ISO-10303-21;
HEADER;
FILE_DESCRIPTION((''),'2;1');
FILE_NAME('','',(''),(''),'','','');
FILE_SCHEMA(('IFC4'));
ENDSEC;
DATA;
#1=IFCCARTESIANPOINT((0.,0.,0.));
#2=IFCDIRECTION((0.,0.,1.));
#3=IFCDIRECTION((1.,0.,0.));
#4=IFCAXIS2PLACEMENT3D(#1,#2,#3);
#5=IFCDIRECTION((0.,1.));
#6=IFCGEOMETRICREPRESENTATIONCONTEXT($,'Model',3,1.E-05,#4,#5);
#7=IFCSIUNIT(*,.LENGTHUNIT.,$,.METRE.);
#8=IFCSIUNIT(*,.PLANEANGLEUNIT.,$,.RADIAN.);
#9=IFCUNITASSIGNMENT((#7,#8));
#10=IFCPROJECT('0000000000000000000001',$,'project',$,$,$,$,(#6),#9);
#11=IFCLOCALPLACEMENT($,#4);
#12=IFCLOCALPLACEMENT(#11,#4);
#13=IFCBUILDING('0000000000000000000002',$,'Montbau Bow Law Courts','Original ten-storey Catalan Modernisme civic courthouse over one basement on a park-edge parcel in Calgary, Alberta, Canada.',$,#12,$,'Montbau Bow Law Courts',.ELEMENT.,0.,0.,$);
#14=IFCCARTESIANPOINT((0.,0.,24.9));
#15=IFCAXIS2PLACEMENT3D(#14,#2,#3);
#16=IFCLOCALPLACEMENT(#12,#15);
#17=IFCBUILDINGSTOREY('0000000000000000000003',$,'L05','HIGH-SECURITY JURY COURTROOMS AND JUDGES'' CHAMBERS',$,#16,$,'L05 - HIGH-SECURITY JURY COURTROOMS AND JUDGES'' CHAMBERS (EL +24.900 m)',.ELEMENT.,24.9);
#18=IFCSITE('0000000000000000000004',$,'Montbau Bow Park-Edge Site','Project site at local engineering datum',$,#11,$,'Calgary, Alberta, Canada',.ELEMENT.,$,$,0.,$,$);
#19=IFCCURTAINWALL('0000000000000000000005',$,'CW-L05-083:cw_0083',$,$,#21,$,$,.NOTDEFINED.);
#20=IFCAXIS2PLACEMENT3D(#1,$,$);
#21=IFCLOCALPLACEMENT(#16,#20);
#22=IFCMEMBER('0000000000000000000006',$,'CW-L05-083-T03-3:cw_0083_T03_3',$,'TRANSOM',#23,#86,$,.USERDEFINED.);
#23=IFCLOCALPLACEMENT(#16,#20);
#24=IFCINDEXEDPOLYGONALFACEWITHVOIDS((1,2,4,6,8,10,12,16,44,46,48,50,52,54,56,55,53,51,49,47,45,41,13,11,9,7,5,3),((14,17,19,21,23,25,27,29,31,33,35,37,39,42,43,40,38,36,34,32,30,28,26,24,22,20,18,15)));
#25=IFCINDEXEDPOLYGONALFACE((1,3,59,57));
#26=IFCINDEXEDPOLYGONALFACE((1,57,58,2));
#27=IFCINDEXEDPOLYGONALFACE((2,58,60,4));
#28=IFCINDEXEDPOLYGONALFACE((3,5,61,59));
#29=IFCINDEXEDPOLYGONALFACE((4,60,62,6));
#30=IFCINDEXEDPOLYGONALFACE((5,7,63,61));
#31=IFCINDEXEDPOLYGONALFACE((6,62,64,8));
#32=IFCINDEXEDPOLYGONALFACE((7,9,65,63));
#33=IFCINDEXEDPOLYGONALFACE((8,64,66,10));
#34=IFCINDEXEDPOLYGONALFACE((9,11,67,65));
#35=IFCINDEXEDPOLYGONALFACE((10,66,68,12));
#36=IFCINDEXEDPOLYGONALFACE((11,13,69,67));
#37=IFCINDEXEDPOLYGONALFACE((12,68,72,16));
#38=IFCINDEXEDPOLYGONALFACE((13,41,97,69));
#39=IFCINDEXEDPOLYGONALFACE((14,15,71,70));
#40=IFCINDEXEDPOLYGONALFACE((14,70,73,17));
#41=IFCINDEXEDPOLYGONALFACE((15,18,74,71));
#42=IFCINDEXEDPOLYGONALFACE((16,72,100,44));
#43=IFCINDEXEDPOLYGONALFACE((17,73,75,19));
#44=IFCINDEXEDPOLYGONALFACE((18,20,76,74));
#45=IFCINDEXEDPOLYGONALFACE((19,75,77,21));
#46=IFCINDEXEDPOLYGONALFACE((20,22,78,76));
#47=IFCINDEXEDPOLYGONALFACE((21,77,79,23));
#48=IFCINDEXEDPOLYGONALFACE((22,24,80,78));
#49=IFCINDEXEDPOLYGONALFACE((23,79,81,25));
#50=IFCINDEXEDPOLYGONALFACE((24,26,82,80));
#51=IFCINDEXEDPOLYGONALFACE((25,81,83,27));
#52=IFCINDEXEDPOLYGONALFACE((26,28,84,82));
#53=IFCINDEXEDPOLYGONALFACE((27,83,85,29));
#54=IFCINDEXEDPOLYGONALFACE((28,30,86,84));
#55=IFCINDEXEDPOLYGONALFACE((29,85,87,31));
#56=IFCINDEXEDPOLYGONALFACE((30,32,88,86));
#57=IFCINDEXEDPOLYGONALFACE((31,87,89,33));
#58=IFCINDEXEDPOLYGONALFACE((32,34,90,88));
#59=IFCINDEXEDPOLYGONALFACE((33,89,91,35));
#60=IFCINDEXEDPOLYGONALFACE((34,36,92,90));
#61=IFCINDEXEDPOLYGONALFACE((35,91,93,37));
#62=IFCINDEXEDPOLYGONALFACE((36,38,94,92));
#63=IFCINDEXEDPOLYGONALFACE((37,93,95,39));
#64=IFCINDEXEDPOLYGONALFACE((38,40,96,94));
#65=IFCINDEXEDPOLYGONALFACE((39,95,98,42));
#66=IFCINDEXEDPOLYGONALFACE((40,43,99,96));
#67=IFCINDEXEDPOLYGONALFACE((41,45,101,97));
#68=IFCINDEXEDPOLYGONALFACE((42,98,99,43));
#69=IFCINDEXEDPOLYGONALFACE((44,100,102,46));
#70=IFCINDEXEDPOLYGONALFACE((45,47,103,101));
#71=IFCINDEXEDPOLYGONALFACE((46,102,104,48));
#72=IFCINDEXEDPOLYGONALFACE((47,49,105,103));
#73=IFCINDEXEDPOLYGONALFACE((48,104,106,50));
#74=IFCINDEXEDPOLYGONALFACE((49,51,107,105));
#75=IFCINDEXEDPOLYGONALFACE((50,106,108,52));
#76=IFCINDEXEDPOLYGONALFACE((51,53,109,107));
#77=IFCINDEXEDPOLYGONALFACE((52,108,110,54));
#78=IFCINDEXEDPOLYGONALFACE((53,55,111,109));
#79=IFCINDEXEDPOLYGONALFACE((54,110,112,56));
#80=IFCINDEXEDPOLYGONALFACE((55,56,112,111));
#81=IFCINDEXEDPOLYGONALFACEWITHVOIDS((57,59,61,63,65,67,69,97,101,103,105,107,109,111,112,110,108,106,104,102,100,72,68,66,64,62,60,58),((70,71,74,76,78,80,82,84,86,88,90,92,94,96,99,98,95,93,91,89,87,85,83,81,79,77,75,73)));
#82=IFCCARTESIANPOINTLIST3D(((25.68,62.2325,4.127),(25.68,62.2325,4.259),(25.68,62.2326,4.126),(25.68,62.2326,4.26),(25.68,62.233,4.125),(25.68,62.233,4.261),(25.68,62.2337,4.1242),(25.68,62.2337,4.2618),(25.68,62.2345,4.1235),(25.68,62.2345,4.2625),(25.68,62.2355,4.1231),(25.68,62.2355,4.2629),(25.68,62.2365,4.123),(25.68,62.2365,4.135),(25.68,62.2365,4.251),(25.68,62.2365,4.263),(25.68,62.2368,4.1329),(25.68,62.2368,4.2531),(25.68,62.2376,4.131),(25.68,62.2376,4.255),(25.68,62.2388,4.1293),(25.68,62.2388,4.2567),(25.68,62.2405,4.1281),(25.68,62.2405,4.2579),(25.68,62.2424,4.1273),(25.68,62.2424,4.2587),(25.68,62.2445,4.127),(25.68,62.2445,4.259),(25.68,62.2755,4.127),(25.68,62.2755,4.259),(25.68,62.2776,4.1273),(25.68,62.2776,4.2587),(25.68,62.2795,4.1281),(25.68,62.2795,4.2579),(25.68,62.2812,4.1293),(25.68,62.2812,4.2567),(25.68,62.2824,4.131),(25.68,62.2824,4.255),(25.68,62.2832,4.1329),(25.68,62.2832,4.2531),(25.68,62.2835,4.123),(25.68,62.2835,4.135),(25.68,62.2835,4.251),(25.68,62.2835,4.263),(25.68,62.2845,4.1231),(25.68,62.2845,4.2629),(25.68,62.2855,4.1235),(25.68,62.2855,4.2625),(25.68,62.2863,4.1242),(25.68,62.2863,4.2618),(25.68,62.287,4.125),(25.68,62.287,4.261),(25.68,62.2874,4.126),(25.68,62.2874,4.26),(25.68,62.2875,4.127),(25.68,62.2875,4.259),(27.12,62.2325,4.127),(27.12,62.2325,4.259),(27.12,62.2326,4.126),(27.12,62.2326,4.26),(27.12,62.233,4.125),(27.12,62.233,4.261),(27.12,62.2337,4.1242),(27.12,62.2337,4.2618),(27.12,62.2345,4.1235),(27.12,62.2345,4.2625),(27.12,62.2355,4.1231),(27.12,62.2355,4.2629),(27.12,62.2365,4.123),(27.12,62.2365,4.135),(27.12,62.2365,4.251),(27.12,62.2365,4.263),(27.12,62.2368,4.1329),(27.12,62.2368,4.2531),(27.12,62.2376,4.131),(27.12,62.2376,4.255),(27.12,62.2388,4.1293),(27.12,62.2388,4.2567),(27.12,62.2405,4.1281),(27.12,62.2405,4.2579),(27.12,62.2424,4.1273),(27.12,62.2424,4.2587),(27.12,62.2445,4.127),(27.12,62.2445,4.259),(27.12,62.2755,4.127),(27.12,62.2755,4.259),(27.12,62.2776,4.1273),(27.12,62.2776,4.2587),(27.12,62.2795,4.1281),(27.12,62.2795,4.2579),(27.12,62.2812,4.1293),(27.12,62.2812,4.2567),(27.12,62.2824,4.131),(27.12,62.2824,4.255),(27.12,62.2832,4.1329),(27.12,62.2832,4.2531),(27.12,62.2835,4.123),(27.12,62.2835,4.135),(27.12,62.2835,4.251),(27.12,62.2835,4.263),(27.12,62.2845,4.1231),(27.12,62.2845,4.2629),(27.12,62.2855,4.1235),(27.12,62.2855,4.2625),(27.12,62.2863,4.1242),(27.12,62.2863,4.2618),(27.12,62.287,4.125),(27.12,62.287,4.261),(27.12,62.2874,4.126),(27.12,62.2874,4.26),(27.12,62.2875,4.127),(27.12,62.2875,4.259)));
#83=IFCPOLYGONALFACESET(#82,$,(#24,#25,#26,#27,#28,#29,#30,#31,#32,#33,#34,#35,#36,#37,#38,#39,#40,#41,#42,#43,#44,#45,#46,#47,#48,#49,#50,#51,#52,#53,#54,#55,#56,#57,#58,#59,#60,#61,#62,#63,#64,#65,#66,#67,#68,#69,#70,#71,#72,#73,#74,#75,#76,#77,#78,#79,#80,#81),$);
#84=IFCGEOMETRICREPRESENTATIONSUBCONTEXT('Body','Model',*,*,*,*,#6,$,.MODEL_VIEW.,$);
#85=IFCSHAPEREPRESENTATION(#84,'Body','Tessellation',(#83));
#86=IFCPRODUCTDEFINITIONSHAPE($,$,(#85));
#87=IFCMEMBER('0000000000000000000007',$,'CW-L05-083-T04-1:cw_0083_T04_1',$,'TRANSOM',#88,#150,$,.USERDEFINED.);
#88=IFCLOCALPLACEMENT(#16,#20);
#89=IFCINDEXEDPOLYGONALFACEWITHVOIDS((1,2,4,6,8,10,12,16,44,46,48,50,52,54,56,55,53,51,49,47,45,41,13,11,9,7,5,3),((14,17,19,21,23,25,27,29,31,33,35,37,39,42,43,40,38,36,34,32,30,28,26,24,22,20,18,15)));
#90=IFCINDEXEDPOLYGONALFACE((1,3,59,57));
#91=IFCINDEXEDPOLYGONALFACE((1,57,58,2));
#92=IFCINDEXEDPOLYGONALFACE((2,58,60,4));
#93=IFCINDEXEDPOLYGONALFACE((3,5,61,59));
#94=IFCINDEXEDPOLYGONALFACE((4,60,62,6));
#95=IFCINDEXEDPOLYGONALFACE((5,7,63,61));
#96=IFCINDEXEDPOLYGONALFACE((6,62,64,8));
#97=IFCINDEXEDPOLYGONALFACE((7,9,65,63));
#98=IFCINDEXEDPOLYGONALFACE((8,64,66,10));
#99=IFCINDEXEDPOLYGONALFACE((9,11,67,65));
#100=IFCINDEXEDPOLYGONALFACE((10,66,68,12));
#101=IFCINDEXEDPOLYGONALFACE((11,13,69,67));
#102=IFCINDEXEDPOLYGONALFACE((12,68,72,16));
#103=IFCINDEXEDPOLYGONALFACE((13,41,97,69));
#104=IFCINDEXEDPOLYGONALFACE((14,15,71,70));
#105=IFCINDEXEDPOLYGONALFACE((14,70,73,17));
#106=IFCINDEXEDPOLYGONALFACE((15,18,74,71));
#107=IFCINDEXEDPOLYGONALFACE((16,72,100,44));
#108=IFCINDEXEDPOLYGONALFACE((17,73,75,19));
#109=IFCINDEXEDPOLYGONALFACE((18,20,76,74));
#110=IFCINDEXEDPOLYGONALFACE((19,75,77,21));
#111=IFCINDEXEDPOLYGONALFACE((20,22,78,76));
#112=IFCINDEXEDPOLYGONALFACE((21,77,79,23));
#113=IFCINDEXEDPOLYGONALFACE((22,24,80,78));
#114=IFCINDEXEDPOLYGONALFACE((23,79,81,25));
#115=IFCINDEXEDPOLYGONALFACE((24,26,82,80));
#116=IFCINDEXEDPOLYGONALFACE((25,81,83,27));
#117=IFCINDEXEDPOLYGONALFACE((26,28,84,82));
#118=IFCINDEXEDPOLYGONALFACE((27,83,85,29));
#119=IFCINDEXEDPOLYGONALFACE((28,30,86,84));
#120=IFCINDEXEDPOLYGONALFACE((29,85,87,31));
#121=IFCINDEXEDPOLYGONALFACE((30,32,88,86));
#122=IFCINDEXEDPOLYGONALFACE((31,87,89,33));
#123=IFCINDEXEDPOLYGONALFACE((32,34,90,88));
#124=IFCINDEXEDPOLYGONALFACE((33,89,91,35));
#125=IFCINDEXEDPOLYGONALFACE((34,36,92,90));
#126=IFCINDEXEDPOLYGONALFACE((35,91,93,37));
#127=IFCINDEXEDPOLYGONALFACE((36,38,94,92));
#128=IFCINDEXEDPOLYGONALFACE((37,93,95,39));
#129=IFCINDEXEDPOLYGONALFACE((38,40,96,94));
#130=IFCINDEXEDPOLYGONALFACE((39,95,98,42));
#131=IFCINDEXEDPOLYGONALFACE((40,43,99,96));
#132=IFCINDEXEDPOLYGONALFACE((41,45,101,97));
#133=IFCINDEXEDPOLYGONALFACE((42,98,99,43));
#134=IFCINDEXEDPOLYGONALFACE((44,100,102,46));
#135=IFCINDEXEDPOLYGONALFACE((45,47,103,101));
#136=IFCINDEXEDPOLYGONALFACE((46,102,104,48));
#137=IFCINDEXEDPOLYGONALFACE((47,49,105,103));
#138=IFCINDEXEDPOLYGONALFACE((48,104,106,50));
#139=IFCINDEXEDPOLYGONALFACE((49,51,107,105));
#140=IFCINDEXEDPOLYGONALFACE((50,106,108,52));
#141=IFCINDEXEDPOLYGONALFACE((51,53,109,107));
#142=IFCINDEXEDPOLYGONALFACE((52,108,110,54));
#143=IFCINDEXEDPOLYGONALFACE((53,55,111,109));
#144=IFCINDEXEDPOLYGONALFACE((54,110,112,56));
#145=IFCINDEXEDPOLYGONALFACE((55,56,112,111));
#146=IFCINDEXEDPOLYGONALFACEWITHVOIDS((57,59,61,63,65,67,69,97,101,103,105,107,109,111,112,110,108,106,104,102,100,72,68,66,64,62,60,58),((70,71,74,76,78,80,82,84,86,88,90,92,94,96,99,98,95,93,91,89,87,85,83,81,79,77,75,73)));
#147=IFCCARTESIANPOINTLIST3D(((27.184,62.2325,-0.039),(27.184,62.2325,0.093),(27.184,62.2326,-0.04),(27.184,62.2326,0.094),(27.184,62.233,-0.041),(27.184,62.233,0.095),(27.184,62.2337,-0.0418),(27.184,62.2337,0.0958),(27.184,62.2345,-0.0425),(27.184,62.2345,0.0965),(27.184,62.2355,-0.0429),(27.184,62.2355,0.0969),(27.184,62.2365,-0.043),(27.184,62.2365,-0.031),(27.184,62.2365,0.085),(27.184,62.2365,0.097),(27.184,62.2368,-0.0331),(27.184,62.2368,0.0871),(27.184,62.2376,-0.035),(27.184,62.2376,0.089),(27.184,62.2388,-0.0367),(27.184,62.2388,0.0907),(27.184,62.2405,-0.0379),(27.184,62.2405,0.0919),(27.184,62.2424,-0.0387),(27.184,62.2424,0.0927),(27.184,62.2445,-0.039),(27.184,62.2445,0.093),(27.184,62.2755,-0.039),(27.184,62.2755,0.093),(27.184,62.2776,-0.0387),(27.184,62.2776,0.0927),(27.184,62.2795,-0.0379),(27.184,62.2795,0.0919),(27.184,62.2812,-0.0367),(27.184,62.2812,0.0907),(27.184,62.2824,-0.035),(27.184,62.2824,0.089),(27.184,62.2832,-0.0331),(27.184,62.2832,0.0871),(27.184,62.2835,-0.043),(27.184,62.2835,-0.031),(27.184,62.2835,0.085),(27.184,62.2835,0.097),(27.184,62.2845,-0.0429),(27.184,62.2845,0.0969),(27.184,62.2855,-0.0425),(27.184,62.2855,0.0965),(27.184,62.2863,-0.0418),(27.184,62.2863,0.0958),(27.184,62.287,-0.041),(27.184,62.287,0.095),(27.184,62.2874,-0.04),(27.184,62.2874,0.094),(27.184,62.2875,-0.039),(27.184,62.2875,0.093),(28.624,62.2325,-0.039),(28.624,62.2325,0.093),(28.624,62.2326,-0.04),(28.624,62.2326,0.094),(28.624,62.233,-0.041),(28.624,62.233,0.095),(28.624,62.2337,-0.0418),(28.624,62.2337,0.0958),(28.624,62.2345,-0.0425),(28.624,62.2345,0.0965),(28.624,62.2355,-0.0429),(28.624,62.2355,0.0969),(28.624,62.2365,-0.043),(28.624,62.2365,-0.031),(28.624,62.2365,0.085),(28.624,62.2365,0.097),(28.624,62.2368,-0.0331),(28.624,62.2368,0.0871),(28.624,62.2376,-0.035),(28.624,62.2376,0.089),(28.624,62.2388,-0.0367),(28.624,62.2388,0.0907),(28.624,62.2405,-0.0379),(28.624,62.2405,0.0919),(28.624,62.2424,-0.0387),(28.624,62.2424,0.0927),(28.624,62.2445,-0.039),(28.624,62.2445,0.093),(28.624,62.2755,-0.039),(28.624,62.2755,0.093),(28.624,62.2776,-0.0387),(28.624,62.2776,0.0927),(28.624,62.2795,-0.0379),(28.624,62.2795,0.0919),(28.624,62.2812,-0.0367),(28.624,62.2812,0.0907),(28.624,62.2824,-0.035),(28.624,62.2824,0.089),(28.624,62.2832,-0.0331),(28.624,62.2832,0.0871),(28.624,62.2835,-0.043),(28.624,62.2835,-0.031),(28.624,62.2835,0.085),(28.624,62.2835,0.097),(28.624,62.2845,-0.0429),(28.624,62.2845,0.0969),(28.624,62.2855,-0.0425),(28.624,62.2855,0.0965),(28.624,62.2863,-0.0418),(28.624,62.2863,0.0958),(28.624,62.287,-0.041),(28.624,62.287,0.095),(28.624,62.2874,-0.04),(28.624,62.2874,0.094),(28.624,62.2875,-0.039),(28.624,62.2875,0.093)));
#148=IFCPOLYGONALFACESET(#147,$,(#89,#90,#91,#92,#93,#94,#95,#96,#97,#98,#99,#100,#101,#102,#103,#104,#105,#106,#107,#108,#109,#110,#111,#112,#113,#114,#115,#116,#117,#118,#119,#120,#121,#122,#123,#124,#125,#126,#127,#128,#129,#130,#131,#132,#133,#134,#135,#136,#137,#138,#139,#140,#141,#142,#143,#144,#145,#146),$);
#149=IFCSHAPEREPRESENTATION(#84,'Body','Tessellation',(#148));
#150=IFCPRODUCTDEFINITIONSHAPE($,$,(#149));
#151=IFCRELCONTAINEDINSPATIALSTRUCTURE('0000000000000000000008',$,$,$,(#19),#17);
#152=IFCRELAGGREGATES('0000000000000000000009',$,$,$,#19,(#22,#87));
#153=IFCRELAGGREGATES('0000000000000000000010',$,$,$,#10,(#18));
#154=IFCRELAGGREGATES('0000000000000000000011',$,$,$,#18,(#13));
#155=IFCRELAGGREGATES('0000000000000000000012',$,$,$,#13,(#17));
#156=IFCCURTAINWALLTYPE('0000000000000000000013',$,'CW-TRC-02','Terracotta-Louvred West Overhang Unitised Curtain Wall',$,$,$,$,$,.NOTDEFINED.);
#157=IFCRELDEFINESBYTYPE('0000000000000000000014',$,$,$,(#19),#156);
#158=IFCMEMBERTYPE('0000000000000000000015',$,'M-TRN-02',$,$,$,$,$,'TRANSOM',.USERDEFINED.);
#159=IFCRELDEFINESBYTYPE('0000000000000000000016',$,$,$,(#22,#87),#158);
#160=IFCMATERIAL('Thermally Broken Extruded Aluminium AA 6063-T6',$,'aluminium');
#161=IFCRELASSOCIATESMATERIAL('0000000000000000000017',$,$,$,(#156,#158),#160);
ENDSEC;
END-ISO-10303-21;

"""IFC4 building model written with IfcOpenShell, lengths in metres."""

from ifc_helpers import new_model, si_unit, direction, frame, origin_with_axes, origin_2d_with_axis, place, context, subcontext, project, spatial, hollow_rectangle, extrude, material, material_profile, profile_set, type_object, element, aggregate, save


model = new_model("IFC4")

# Units and contexts
model_context = context("Model", 3, precision=1e-05, world=origin_with_axes(), true_north=direction((0.0, 1.0)))
body_context = subcontext(model_context, "Body", "Model", "MODEL_VIEW")
ifc_project = project(units=[si_unit("LENGTHUNIT", "METRE"), si_unit("PLANEANGLEUNIT", "RADIAN")], contexts=[model_context])

# Site, building, storey
site_placement = place(None, origin_with_axes())
site = spatial("IfcSite", under=ifc_project, at=site_placement, Name="Montbau Bow Park-Edge Site", Description="Project site at local engineering datum", LongName="Calgary, Alberta, Canada", CompositionType="ELEMENT", RefElevation=0.0)
building_placement = place(site_placement, origin_with_axes())
building = spatial("IfcBuilding", under=site, at=building_placement, Name="Montbau Bow Law Courts", Description="Original ten-storey Catalan Modernisme civic courthouse over one basement on a park-edge parcel in Calgary, Alberta, Canada.", LongName="Montbau Bow Law Courts", CompositionType="ELEMENT", ElevationOfRefHeight=0.0, ElevationOfTerrain=0.0)
storey_placement = place(building_placement, frame((0.0, 0.0, 24.9), z_axis=(0.0, 0.0, 1.0), x_axis=(1.0, 0.0, 0.0)))
storey = spatial("IfcBuildingStorey", under=building, at=storey_placement, Name="L05", Description="HIGH-SECURITY JURY COURTROOMS AND JUDGES' CHAMBERS", LongName="L05 - HIGH-SECURITY JURY COURTROOMS AND JUDGES' CHAMBERS (EL +24.900 m)", CompositionType="ELEMENT", Elevation=24.9)

# Curtain wall, members
ifc_material_1 = material(Name="Thermally Broken Extruded Aluminium AA 6063-T6", Category="aluminium")
curtain_wall_type = type_object("IfcCurtainWallType", Name="CW-TRC-02", Description="Terracotta-Louvred West Overhang Unitised Curtain Wall", PredefinedType="NOTDEFINED", material=ifc_material_1)
curtain_wall_placement = place(None, frame((22.64, 62.26, 24.9), z_axis=(0.0, 0.0, 1.0), x_axis=(1.0, 0.0, 0.0)))
curtain_wall = element("IfcCurtainWall", 1, at=curtain_wall_placement, inside=storey, type_object=curtain_wall_type, Name="CW-L05-083:cw_0083", PredefinedType="NOTDEFINED")
ifc_material_profile_1 = material_profile(ifc_material_1, hollow_rectangle(XDim=0.055, YDim=0.14, WallThickness=0.004, InnerFilletRadius=0.008, OuterFilletRadius=0.004, at=origin_2d_with_axis()), Name="CWT-140X55", Category="Main", Priority=0)
ifc_profile_set_1 = profile_set([ifc_material_profile_1], Name="Thermally Broken Extruded Aluminium AA 6063-T6")
member_type_1 = type_object("IfcMemberType", Name="M-TRN-02", ElementType="TRANSOM", PredefinedType="USERDEFINED", material=ifc_profile_set_1)
member_1_placement = place(None, frame((25.68, 62.26, 29.093), z_axis=(1.0, 0.0, 0.0), x_axis=(0.0, 1.0, 0.0)))
member_1 = element("IfcMember", 2, at=member_1_placement, type_object=member_type_1, Name="CW-L05-083-T03-3:cw_0083_T03_3", ObjectType="TRANSOM", PredefinedType="USERDEFINED", context=body_context, shape_type="SweptSolid", body=[
    extrude(hollow_rectangle(XDim=0.055, YDim=0.14, WallThickness=0.004, InnerFilletRadius=0.008, OuterFilletRadius=0.004, at=origin_2d_with_axis()), origin_with_axes(), (0.0, 0.0, 1.0), 1.44),
])
member_2_placement = place(None, frame((27.184, 62.26, 24.927), z_axis=(1.0, 0.0, 0.0), x_axis=(0.0, 1.0, 0.0)))
member_2 = element("IfcMember", 3, at=member_2_placement, type_object=member_type_1, Name="CW-L05-083-T04-1:cw_0083_T04_1", ObjectType="TRANSOM", PredefinedType="USERDEFINED", context=body_context, shape_type="SweptSolid", body=[
    extrude(hollow_rectangle(XDim=0.055, YDim=0.14, WallThickness=0.004, InnerFilletRadius=0.008, OuterFilletRadius=0.004, at=origin_2d_with_axis()), origin_with_axes(), (0.0, 0.0, 1.0), 1.44),
])
aggregate(curtain_wall, [member_1, member_2])

save(model, "model.ifc")
